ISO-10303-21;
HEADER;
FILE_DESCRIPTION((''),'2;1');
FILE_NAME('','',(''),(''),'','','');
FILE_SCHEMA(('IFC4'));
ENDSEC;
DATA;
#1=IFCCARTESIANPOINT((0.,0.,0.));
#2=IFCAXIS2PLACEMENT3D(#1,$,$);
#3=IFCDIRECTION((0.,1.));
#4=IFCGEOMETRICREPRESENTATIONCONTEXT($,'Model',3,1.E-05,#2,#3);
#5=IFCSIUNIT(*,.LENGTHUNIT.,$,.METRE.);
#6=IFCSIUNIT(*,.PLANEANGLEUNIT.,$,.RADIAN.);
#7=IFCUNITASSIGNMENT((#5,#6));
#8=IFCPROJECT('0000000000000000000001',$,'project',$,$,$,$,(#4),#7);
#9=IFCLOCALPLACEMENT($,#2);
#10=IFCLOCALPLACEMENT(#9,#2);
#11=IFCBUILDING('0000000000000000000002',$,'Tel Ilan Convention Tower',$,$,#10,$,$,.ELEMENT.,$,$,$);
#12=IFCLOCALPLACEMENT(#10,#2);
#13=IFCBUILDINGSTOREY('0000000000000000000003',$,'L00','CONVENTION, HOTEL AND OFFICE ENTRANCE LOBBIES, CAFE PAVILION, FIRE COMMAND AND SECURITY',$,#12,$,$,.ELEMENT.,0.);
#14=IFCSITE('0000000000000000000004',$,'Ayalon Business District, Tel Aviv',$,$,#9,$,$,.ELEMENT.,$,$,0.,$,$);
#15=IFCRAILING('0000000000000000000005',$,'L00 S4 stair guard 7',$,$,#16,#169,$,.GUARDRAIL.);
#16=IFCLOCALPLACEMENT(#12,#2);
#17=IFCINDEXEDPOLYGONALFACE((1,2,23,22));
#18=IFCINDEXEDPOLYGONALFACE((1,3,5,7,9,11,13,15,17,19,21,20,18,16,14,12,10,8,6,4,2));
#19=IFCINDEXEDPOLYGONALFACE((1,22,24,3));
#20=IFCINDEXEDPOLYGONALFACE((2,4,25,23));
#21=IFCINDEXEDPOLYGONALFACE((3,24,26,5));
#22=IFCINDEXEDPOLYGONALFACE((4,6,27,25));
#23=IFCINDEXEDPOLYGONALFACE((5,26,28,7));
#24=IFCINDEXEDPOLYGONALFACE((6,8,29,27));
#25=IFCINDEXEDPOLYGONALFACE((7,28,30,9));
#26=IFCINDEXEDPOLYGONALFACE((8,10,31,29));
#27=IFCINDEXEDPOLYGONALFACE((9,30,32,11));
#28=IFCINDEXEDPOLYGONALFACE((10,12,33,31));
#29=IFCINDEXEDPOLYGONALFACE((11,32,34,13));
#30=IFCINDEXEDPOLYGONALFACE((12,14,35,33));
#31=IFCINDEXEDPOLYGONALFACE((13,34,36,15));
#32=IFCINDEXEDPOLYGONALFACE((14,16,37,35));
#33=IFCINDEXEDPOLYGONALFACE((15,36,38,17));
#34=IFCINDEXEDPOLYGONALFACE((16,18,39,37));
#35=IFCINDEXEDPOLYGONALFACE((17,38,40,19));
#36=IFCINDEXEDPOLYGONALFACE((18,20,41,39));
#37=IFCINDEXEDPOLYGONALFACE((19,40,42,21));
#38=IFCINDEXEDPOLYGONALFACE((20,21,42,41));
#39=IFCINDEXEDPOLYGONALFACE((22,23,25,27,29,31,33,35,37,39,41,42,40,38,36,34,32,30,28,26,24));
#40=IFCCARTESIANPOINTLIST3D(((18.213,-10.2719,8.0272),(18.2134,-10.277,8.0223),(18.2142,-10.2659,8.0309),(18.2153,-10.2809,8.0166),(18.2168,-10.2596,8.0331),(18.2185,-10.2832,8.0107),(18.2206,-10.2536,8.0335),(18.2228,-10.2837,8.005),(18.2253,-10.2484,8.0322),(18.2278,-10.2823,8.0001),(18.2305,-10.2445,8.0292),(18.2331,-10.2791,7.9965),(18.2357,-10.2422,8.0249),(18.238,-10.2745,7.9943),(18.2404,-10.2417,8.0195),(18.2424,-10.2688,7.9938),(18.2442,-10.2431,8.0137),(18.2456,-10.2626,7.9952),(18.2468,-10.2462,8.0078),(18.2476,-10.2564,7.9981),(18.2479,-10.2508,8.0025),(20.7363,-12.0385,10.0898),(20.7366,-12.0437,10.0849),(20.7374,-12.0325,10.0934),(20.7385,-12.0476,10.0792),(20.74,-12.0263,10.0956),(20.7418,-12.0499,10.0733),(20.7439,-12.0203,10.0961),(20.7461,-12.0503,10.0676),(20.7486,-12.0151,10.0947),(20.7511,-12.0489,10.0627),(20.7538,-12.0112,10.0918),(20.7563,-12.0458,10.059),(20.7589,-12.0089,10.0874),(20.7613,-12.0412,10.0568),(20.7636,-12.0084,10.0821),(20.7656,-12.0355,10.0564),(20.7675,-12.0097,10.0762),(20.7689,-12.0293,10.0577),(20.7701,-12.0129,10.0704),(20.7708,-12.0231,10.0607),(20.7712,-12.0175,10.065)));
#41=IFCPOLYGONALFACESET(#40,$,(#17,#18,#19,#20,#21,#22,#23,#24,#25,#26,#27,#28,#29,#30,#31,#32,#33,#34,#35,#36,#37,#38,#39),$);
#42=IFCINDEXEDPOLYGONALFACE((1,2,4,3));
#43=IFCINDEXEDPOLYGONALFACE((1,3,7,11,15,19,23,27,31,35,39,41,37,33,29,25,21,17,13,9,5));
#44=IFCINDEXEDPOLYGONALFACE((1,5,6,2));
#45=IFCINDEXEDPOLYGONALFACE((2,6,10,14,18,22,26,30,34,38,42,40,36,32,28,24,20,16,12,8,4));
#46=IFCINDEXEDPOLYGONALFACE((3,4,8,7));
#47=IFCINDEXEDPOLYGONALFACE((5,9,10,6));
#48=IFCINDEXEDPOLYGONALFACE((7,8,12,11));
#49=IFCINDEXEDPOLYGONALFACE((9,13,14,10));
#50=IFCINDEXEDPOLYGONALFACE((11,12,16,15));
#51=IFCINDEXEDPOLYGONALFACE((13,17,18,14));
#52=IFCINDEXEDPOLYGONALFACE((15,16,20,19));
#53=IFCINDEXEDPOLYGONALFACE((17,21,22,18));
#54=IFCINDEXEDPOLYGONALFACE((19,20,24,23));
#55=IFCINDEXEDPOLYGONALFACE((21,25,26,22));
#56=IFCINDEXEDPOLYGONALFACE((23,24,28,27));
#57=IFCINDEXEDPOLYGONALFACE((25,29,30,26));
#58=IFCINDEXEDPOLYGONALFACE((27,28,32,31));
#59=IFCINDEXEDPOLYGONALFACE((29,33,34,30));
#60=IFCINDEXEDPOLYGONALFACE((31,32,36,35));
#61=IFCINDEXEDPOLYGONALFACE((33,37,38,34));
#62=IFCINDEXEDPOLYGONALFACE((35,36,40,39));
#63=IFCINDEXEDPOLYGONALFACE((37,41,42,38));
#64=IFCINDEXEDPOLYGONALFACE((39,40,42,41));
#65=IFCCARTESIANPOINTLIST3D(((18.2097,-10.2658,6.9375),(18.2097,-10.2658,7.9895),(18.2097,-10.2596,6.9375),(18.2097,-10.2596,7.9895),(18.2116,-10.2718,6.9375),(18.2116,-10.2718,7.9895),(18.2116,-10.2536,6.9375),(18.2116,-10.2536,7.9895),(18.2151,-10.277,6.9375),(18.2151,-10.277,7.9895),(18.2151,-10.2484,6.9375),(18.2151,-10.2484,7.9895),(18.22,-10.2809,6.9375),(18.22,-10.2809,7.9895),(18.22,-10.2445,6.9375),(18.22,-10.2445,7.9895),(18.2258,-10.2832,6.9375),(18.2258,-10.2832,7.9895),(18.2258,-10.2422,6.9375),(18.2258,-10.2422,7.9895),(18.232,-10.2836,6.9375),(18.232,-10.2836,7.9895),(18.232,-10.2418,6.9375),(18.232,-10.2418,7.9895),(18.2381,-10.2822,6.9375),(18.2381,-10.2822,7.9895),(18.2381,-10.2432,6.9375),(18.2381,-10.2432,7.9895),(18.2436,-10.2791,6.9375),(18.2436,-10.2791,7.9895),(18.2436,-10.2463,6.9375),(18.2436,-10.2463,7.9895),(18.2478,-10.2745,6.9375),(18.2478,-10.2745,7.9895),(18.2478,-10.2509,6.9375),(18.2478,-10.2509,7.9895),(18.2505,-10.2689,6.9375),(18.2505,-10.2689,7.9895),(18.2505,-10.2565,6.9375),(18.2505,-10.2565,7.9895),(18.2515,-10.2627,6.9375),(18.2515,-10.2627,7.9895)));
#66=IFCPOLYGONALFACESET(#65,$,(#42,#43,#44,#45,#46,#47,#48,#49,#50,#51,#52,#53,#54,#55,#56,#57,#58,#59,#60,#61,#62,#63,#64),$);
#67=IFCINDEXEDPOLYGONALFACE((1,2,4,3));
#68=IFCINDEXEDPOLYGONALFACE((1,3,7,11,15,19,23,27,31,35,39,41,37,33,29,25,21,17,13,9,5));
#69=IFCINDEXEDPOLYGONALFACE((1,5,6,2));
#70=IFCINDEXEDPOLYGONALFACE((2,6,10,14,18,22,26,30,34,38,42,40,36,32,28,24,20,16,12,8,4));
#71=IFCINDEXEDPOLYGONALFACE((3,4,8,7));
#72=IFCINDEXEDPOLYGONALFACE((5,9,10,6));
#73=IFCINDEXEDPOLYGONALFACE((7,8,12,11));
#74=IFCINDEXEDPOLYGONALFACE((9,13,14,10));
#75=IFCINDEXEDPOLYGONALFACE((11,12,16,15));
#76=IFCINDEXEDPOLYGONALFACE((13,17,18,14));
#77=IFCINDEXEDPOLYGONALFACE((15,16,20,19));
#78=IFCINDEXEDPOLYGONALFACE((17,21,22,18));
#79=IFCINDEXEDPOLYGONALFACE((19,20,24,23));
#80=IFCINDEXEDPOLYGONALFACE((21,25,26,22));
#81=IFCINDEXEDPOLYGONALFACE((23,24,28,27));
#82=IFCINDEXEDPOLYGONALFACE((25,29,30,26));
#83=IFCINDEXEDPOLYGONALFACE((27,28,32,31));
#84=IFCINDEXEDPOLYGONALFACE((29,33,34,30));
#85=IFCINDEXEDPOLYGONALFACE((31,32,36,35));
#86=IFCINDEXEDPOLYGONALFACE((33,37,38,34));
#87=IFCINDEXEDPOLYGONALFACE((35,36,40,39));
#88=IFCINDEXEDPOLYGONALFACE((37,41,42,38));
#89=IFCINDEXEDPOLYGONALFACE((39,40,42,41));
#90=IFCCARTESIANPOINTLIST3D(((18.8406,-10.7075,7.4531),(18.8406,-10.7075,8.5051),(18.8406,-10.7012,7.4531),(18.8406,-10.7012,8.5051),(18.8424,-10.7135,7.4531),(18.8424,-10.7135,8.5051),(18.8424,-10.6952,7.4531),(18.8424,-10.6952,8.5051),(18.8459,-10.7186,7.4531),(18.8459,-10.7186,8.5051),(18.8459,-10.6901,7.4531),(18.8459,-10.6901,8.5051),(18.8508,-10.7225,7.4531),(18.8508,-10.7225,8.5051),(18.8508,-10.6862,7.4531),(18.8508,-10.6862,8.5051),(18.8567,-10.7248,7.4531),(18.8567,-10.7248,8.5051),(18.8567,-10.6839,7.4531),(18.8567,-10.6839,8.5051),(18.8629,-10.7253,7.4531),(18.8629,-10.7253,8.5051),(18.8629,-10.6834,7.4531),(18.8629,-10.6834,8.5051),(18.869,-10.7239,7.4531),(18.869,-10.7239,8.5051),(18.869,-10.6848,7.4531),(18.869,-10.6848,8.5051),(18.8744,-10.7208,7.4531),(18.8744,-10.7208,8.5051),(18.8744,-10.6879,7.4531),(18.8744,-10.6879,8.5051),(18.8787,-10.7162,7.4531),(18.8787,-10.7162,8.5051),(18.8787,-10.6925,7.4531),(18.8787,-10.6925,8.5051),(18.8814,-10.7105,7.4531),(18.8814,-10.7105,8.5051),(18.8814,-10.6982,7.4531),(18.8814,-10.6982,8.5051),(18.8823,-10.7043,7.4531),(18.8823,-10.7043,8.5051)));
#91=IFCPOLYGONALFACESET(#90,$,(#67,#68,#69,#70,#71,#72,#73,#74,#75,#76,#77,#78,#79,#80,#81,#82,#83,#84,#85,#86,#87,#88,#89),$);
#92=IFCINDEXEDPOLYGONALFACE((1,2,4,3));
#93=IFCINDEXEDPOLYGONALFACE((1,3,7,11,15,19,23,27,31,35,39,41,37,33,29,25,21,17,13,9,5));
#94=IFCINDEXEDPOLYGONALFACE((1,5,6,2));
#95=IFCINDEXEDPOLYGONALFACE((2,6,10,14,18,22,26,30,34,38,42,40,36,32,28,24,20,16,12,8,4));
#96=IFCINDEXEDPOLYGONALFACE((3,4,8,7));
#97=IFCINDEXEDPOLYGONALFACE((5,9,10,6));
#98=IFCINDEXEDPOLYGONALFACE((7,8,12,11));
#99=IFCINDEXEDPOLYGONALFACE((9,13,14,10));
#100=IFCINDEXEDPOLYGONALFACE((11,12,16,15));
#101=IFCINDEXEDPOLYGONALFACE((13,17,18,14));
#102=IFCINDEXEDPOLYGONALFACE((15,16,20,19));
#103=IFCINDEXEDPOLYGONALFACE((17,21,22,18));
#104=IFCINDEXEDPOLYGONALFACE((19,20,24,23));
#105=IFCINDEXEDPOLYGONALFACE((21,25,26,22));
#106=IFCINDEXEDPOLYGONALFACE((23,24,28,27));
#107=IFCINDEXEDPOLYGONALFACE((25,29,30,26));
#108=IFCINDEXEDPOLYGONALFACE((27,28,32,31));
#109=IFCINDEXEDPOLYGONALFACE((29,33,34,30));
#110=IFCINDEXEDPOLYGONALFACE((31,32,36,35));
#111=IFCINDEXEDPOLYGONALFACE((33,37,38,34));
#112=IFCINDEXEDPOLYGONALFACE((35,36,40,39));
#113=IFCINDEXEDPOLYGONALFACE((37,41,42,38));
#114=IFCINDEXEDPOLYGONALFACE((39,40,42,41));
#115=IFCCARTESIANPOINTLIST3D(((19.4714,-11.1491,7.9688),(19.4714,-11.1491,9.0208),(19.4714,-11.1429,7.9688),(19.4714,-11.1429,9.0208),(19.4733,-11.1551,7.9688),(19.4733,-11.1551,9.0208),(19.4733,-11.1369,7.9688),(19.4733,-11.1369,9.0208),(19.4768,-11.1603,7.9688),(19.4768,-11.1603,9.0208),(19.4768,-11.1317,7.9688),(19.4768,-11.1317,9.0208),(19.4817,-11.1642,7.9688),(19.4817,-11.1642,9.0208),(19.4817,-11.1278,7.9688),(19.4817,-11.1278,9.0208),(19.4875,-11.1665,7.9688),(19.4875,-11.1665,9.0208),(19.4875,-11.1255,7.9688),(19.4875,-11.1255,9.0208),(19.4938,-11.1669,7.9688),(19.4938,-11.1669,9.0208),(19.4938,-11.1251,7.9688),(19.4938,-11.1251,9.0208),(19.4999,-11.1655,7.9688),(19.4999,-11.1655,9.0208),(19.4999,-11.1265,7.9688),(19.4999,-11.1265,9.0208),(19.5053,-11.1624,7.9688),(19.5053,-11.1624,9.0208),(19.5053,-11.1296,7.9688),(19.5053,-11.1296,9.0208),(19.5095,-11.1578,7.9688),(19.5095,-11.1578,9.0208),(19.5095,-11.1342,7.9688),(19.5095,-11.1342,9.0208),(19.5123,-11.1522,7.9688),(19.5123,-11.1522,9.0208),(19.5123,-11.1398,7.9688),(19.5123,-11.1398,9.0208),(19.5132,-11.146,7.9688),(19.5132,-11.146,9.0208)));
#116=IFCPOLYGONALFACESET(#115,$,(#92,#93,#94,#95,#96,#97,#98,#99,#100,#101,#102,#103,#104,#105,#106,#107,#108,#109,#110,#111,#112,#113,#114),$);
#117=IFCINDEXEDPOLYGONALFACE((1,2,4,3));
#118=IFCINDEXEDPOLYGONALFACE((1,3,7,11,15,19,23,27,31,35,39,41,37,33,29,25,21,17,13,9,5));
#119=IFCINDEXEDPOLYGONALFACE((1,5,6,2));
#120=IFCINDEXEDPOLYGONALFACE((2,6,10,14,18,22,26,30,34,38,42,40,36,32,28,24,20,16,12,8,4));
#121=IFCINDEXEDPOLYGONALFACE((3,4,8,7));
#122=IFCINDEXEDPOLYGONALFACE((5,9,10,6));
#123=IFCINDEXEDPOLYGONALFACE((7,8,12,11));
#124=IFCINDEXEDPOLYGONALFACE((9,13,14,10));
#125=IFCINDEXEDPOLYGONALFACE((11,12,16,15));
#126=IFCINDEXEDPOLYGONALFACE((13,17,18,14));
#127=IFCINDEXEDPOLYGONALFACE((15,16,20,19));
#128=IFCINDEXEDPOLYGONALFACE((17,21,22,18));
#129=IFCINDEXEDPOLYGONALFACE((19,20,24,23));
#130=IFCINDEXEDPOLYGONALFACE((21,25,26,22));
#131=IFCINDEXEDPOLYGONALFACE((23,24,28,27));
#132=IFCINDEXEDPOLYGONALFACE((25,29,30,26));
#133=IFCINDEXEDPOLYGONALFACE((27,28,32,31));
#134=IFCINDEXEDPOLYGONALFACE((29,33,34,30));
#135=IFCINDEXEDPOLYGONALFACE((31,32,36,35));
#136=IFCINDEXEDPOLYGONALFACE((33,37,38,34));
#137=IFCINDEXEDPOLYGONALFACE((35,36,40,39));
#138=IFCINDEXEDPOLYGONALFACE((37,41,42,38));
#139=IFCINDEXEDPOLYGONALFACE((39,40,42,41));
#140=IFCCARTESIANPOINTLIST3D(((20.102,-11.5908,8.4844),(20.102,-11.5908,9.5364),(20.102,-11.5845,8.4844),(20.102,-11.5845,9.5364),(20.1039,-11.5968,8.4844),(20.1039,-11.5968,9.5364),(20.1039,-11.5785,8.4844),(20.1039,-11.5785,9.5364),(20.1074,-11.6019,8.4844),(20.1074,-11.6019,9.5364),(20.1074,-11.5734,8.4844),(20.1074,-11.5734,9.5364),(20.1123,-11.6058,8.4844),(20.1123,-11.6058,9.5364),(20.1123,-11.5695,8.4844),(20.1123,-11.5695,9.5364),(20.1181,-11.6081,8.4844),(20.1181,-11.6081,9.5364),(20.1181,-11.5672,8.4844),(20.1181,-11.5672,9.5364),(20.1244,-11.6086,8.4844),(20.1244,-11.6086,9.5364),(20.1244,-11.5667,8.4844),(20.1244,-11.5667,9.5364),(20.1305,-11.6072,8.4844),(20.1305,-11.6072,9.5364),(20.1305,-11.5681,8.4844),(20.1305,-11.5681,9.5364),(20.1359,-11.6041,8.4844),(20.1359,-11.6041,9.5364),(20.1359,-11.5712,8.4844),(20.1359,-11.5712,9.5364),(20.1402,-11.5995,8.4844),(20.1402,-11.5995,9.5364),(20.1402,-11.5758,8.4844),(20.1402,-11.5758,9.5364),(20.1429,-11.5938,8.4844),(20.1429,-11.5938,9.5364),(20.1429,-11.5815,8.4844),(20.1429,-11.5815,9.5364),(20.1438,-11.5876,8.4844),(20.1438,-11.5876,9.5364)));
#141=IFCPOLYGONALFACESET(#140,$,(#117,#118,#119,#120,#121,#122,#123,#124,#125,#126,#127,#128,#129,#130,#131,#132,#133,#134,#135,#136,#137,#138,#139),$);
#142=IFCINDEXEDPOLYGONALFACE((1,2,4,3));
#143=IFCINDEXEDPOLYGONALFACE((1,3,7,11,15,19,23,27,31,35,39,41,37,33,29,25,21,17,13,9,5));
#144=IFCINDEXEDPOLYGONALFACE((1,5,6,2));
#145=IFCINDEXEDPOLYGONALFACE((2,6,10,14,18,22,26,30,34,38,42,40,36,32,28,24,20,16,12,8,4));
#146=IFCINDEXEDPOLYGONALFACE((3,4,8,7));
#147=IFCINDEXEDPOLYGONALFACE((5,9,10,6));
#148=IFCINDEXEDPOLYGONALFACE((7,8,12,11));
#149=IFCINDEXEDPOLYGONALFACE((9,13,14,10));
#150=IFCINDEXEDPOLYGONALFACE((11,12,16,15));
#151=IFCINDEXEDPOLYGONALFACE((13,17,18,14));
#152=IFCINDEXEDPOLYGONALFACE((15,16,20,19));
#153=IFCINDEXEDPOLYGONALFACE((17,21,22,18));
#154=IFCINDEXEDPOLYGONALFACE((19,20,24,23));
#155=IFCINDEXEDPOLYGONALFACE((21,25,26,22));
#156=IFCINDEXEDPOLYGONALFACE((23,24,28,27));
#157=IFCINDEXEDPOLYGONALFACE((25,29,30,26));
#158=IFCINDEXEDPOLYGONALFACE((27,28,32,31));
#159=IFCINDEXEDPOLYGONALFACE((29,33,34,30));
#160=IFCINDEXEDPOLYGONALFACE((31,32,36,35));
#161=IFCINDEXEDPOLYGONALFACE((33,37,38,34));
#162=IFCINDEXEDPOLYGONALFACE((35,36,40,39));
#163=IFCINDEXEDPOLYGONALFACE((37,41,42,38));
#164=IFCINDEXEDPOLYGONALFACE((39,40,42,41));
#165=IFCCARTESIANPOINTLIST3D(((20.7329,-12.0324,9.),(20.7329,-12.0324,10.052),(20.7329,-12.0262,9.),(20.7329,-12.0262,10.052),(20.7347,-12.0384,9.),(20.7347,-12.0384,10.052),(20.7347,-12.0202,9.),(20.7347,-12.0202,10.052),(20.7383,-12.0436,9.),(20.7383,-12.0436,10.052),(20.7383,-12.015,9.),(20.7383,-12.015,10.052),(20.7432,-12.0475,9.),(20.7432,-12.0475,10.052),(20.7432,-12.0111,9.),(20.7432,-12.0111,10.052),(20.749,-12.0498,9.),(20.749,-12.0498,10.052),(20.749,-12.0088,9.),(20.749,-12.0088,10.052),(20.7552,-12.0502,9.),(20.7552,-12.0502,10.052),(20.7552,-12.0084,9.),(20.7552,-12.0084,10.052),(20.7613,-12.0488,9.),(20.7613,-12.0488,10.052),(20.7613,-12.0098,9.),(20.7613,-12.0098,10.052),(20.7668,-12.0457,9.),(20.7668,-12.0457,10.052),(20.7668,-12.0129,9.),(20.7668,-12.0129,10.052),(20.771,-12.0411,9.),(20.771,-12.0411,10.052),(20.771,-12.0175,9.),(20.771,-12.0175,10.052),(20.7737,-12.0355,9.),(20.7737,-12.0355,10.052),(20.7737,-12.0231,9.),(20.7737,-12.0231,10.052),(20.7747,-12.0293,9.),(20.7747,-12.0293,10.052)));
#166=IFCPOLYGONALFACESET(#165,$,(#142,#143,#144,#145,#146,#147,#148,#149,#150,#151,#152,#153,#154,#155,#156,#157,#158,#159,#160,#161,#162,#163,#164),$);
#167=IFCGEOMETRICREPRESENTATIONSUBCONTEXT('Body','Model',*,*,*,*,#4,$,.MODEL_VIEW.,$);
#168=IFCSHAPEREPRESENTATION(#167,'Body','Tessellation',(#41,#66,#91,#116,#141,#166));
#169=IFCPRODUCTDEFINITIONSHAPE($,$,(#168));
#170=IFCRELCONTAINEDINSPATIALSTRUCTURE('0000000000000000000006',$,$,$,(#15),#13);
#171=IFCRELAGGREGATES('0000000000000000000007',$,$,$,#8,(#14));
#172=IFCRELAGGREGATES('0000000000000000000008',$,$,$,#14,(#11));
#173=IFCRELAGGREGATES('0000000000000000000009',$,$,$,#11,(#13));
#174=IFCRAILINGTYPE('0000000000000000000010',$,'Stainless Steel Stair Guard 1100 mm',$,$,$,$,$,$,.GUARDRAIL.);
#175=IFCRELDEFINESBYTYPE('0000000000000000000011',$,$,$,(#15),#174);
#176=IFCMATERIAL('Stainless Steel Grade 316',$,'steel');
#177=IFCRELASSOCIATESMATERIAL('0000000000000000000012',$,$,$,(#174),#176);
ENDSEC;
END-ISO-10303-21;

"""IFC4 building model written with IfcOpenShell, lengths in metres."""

from ifc_helpers import new_model, si_unit, direction, frame, origin, origin_2d, place, context, subcontext, project, spatial, circle, extrude, material, type_object, element, save


model = new_model("IFC4")

# Units and contexts
model_context = context("Model", 3, precision=1e-05, world=origin(), true_north=direction((0.0, 1.0)))
body_context = subcontext(model_context, "Body", "Model", "MODEL_VIEW")
ifc_project = project(units=[si_unit("LENGTHUNIT", "METRE"), si_unit("PLANEANGLEUNIT", "RADIAN")], contexts=[model_context])

# Site, building, storey
site_placement = place(None, origin())
site = spatial("IfcSite", under=ifc_project, at=site_placement, Name="Ayalon Business District, Tel Aviv", CompositionType="ELEMENT", RefElevation=0.0)
building_placement = place(site_placement, origin())
building = spatial("IfcBuilding", under=site, at=building_placement, Name="Tel Ilan Convention Tower", CompositionType="ELEMENT")
storey_placement = place(building_placement, origin())
storey = spatial("IfcBuildingStorey", under=building, at=storey_placement, Name="L00", Description="CONVENTION, HOTEL AND OFFICE ENTRANCE LOBBIES, CAFE PAVILION, FIRE COMMAND AND SECURITY", CompositionType="ELEMENT", Elevation=0.0)

# Railing
ifc_material_1 = material(Name="Stainless Steel Grade 316", Category="steel")
railing_type_1 = type_object("IfcRailingType", Name="Stainless Steel Stair Guard 1100 mm", PredefinedType="GUARDRAIL", material=ifc_material_1)
for number, where, name in (
    (1, (18.2305, -10.2627, 6.9375), "L00 S4 stair guard 7"),
):
    element("IfcRailing", number, at=place(storey_placement, frame(where)), inside=storey, type_object=railing_type_1, Name=name, PredefinedType="GUARDRAIL", context=body_context, shape_type="SweptSolid", body=[
        extrude(circle(Radius=0.0239, at=origin_2d()), frame((0.0, 0.0, 1.0762), z_axis=(0.68067, -0.476568, 0.556391), x_axis=(0.573542, 0.819176, 0.0)), (0.0, 0.0, 1.0), 3.707),
        extrude(circle(Radius=0.021, at=origin_2d()), origin(), (0.0, 0.0, 1.0), 1.052),
        extrude(circle(Radius=0.021, at=origin_2d()), frame((0.6309, -0.4417, 0.5156)), (0.0, 0.0, 1.0), 1.052),
        extrude(circle(Radius=0.021, at=origin_2d()), frame((1.2617, -0.8833, 1.0312)), (0.0, 0.0, 1.0), 1.052),
        extrude(circle(Radius=0.021, at=origin_2d()), frame((1.8923, -1.325, 1.5469)), (0.0, 0.0, 1.0), 1.052),
        extrude(circle(Radius=0.021, at=origin_2d()), frame((2.5232, -1.7666, 2.0625)), (0.0, 0.0, 1.0), 1.052),
    ])

save(model, "model.ifc")
